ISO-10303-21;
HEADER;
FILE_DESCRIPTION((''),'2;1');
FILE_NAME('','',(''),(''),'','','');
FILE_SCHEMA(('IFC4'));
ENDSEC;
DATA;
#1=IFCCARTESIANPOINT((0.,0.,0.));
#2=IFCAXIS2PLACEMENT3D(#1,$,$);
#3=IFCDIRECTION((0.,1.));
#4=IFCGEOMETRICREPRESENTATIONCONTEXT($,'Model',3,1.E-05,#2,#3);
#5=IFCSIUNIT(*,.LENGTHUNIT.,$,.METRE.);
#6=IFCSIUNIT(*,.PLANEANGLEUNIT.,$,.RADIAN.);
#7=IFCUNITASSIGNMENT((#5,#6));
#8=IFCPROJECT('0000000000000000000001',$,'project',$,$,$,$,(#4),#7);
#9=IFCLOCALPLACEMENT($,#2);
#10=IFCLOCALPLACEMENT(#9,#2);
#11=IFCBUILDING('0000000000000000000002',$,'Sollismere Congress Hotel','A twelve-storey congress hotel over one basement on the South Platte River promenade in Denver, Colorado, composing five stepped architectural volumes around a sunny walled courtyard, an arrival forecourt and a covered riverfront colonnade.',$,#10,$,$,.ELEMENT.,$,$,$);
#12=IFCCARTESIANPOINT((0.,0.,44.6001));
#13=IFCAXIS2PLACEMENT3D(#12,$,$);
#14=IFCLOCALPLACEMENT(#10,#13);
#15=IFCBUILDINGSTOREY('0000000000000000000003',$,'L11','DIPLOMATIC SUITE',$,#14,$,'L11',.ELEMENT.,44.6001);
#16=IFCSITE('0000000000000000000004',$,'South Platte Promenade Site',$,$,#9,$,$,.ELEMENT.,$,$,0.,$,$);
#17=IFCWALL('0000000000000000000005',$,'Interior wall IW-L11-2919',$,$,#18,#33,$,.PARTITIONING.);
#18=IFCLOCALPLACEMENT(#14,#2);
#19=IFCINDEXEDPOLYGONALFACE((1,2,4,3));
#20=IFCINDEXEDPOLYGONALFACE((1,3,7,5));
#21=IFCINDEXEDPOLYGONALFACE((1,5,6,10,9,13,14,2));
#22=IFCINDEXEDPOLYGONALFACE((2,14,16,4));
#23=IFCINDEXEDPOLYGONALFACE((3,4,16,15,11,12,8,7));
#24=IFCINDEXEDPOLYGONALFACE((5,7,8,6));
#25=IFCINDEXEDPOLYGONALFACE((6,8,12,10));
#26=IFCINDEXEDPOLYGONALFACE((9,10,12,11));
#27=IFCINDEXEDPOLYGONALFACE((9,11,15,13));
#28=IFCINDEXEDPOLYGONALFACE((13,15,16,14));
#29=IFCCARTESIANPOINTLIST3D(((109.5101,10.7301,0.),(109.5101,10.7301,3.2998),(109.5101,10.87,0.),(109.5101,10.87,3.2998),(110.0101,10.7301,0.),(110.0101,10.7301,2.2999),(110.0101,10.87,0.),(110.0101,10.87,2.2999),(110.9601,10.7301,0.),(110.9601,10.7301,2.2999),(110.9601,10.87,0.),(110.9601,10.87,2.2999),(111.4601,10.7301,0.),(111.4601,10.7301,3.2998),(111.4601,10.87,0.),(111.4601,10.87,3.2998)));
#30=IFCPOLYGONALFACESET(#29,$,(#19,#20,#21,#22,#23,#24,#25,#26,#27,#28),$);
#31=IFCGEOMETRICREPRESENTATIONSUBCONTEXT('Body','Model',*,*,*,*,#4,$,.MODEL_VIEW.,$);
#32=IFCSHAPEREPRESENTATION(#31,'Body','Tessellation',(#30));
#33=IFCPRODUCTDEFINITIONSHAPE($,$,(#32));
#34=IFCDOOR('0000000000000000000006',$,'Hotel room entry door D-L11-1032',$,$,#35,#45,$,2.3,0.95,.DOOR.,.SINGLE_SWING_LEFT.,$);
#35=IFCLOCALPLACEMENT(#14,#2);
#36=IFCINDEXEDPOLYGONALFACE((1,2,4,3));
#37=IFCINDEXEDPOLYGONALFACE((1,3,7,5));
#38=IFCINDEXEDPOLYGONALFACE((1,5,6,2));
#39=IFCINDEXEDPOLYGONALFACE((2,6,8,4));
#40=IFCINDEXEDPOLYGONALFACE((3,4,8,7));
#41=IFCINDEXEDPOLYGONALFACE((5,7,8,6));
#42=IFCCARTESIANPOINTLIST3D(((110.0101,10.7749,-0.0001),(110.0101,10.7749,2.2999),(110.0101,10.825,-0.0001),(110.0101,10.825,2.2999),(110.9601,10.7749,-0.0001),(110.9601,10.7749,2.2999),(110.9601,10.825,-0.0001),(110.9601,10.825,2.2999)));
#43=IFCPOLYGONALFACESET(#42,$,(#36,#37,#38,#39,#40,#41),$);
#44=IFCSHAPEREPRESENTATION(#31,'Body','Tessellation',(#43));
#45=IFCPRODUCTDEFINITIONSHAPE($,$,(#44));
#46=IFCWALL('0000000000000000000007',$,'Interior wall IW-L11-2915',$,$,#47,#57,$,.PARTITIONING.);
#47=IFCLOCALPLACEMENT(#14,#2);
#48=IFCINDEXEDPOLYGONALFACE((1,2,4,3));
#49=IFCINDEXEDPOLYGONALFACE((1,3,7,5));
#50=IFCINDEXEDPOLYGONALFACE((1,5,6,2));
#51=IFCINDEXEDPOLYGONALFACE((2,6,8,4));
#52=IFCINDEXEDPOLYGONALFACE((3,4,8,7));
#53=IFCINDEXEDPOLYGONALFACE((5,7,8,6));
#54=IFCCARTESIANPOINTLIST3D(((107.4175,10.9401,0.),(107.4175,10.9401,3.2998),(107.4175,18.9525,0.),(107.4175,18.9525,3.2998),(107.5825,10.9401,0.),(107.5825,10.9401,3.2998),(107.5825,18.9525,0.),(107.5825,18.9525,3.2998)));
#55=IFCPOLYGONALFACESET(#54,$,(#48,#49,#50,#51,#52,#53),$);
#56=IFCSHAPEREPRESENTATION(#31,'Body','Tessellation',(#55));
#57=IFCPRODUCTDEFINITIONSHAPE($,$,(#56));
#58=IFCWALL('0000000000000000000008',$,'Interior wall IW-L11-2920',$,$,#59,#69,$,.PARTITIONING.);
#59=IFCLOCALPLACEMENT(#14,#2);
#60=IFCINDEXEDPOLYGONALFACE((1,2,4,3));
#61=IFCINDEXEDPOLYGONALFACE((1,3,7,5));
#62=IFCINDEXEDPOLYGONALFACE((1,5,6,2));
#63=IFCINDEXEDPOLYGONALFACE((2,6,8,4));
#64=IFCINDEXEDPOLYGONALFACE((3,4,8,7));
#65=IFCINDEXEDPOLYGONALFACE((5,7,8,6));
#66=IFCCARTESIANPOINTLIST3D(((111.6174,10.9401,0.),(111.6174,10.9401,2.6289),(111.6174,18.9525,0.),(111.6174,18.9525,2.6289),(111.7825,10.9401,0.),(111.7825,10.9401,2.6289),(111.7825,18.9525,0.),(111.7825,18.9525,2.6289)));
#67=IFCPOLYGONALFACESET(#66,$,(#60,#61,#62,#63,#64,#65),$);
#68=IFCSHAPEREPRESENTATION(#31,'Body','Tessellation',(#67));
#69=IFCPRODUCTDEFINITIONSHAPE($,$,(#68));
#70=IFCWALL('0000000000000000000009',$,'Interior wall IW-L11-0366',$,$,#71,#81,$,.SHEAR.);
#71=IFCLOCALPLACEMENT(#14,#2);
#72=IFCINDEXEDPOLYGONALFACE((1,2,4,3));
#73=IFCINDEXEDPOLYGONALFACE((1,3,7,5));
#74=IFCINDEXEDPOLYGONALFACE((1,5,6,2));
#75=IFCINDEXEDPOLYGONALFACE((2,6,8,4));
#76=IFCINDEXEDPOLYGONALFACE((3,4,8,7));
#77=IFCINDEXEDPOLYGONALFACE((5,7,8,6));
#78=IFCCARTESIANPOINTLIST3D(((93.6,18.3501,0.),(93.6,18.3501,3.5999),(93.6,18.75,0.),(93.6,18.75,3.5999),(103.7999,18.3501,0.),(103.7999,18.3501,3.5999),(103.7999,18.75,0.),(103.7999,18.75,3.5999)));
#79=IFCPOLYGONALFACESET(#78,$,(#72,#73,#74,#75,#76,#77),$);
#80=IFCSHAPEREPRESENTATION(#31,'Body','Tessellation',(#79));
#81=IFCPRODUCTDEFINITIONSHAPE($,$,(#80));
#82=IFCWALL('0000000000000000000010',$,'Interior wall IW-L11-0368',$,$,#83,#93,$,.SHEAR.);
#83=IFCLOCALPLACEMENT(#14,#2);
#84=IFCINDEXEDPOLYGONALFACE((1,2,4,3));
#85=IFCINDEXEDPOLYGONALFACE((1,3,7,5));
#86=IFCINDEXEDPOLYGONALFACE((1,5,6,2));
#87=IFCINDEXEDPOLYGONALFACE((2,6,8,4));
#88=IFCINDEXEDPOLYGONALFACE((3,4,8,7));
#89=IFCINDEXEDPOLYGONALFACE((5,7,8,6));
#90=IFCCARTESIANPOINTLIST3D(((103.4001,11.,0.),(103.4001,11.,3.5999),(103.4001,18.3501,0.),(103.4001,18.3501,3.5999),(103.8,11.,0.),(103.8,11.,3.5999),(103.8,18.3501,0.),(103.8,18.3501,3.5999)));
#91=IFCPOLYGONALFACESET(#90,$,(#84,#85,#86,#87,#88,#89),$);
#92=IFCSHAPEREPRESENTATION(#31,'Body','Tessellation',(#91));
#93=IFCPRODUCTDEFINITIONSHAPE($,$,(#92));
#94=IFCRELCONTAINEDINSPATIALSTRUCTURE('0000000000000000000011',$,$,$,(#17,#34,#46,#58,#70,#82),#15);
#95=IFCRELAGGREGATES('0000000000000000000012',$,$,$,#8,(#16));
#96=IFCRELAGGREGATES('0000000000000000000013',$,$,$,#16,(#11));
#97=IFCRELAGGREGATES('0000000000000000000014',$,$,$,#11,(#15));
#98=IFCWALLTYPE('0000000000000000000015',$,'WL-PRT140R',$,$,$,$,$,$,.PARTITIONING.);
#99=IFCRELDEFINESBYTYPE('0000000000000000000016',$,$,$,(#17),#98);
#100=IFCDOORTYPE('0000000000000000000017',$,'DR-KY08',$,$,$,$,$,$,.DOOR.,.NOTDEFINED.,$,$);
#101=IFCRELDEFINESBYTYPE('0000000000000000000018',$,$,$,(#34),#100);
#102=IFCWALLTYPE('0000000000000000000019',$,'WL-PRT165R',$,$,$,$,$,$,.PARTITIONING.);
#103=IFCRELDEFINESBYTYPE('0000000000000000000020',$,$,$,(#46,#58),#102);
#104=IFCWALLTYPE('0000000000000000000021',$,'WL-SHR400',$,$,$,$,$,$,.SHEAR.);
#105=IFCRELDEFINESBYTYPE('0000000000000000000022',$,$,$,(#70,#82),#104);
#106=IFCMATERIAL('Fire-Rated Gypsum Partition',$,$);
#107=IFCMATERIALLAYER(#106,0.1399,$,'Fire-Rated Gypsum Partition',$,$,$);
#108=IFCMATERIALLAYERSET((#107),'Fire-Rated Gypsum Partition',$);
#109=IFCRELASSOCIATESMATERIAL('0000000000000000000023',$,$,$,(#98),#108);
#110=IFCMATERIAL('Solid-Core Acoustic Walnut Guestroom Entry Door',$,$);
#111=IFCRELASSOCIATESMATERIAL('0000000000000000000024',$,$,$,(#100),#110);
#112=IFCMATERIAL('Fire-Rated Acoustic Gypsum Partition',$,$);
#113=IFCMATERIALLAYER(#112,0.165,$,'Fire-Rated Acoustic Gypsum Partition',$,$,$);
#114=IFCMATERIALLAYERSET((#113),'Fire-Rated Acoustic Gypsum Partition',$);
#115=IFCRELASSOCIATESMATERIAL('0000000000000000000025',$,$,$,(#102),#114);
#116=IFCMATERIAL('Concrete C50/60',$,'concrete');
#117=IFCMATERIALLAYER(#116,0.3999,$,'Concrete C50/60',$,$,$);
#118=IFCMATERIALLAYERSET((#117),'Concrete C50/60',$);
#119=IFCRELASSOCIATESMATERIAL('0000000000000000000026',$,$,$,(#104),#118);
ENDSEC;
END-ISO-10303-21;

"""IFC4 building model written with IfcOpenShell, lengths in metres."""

from ifc_helpers import new_model, si_unit, direction, frame, frame_2d, origin, place, context, subcontext, project, spatial, rectangle, extrude, material, layer, layer_set, type_object, element, fill, save


model = new_model("IFC4")

# Units and contexts
model_context = context("Model", 3, precision=1e-05, world=origin(), true_north=direction((0.0, 1.0)))
body_context = subcontext(model_context, "Body", "Model", "MODEL_VIEW")
ifc_project = project(units=[si_unit("LENGTHUNIT", "METRE"), si_unit("PLANEANGLEUNIT", "RADIAN")], contexts=[model_context])

# Site, building, storey
site_placement = place(None, origin())
site = spatial("IfcSite", under=ifc_project, at=site_placement, Name="South Platte Promenade Site", CompositionType="ELEMENT", RefElevation=0.0)
building_placement = place(site_placement, origin())
building = spatial("IfcBuilding", under=site, at=building_placement, Name="Sollismere Congress Hotel", Description="A twelve-storey congress hotel over one basement on the South Platte River promenade in Denver, Colorado, composing five stepped architectural volumes around a sunny walled courtyard, an arrival forecourt and a covered riverfront colonnade.", CompositionType="ELEMENT")
storey_placement = place(building_placement, frame((0.0, 0.0, 44.6001)))
storey = spatial("IfcBuildingStorey", under=building, at=storey_placement, Name="L11", Description="DIPLOMATIC SUITE", LongName="L11", CompositionType="ELEMENT", Elevation=44.6001)

# Shared definitions
ifc_material_1 = material(Name="Fire-Rated Gypsum Partition")
ifc_layer_1 = layer(ifc_material_1, 0.1399, Name="Fire-Rated Gypsum Partition")
ifc_layer_set_1 = layer_set([ifc_layer_1], Name="Fire-Rated Gypsum Partition")
wall_type_1 = type_object("IfcWallType", Name="WL-PRT140R", PredefinedType="PARTITIONING", material=ifc_layer_set_1)

# Shared definitions
ifc_material_2 = material(Name="Solid-Core Acoustic Walnut Guestroom Entry Door")

# Wall, opening, door
wall_1_placement = place(storey_placement, frame((109.51, 10.8, 0.0), z_axis=(0.0, 0.0, 1.0), x_axis=(1.0, 0.0, 0.0)))
wall_1 = element("IfcWall", 1, at=wall_1_placement, inside=storey, type_object=wall_type_1, Name="Interior wall IW-L11-2919", PredefinedType="PARTITIONING", context=body_context, shape_type="SweptSolid", body=[
    extrude(rectangle(XDim=1.95, YDim=0.1399, at=frame_2d((0.9751, 0.0))), origin(), (0.0, 0.0, 1.0), 3.2998),
])
opening_1_placement = place(wall_1_placement, frame((0.5, 0.0, 0.0)))
opening_1 = element("IfcOpeningElement", 2, at=opening_1_placement, cuts=wall_1, PredefinedType="OPENING", context=body_context, shape_type="SweptSolid", body=[
    extrude(rectangle(XDim=0.95, YDim=2.3, at=frame_2d((0.4751, 1.1499))), frame((0.0, 0.0798, 0.0), z_axis=(0.0, -1.0, 0.0), x_axis=(1.0, 0.0, 0.0)), (0.0, 0.0, 1.0), 0.1599),
])
door_type_1 = type_object("IfcDoorType", Name="DR-KY08", OperationType="NOTDEFINED", PredefinedType="DOOR", material=ifc_material_2)
door_1_placement = place(opening_1_placement, origin())
door_1 = element("IfcDoor", 3, at=door_1_placement, inside=storey, type_object=door_type_1, Name="Hotel room entry door D-L11-1032", OperationType="SINGLE_SWING_LEFT", OverallHeight=2.3, OverallWidth=0.95, PredefinedType="DOOR", context=body_context, shape_type="SweptSolid", body=[
    extrude(rectangle(XDim=0.95, YDim=2.3, at=frame_2d((0.4751, 1.1499))), frame((0.0, 0.0249, 0.0), z_axis=(0.0, -1.0, 0.0), x_axis=(1.0, 0.0, 0.0)), (0.0, 0.0, 1.0), 0.05),
])
fill(opening_1, door_1)

# Walls
ifc_material_3 = material(Name="Fire-Rated Acoustic Gypsum Partition")
ifc_layer_2 = layer(ifc_material_3, 0.165, Name="Fire-Rated Acoustic Gypsum Partition")
ifc_layer_set_2 = layer_set([ifc_layer_2], Name="Fire-Rated Acoustic Gypsum Partition")
wall_type_2 = type_object("IfcWallType", Name="WL-PRT165R", PredefinedType="PARTITIONING", material=ifc_layer_set_2)
wall_2_placement = place(storey_placement, frame((107.5, 10.9399, 0.0), z_axis=(0.0, 0.0, 1.0), x_axis=(0.0, 1.0, 0.0)))
element("IfcWall", 4, at=wall_2_placement, inside=storey, type_object=wall_type_2, Name="Interior wall IW-L11-2915", PredefinedType="PARTITIONING", context=body_context, shape_type="SweptSolid", body=[
    extrude(rectangle(XDim=8.0125, YDim=0.165, at=frame_2d((4.0063, 0.0))), origin(), (0.0, 0.0, 1.0), 3.2998),
])
wall_3_placement = place(storey_placement, frame((111.7, 10.9399, 0.0), z_axis=(0.0, 0.0, 1.0), x_axis=(0.0, 1.0, 0.0)))
element("IfcWall", 5, at=wall_3_placement, inside=storey, type_object=wall_type_2, Name="Interior wall IW-L11-2920", PredefinedType="PARTITIONING", context=body_context, shape_type="SweptSolid", body=[
    extrude(rectangle(XDim=8.0125, YDim=0.165, at=frame_2d((4.0063, 0.0))), origin(), (0.0, 0.0, 1.0), 2.6289),
])
ifc_material_4 = material(Name="Concrete C50/60", Category="concrete")
ifc_layer_3 = layer(ifc_material_4, 0.3999, Name="Concrete C50/60")
ifc_layer_set_3 = layer_set([ifc_layer_3], Name="Concrete C50/60")
wall_type_3 = type_object("IfcWallType", Name="WL-SHR400", PredefinedType="SHEAR", material=ifc_layer_set_3)
wall_4_placement = place(storey_placement, frame((103.8, 18.55, 0.0), z_axis=(0.0, 0.0, 1.0), x_axis=(-1.0, 0.0, 0.0)))
element("IfcWall", 6, at=wall_4_placement, inside=storey, type_object=wall_type_3, Name="Interior wall IW-L11-0366", PredefinedType="SHEAR", context=body_context, shape_type="SweptSolid", body=[
    extrude(rectangle(XDim=10.2, YDim=0.3999, at=frame_2d((5.1001, 0.0))), origin(), (0.0, 0.0, 1.0), 3.5999),
])
wall_5_placement = place(storey_placement, frame((103.6001, 11.0, 0.0), z_axis=(0.0, 0.0, 1.0), x_axis=(0.0, 1.0, 0.0)))
element("IfcWall", 7, at=wall_5_placement, inside=storey, type_object=wall_type_3, Name="Interior wall IW-L11-0368", PredefinedType="SHEAR", context=body_context, shape_type="SweptSolid", body=[
    extrude(rectangle(XDim=7.3501, YDim=0.3999, at=frame_2d((3.675, 0.0))), origin(), (0.0, 0.0, 1.0), 3.5999),
])

save(model, "model.ifc")
